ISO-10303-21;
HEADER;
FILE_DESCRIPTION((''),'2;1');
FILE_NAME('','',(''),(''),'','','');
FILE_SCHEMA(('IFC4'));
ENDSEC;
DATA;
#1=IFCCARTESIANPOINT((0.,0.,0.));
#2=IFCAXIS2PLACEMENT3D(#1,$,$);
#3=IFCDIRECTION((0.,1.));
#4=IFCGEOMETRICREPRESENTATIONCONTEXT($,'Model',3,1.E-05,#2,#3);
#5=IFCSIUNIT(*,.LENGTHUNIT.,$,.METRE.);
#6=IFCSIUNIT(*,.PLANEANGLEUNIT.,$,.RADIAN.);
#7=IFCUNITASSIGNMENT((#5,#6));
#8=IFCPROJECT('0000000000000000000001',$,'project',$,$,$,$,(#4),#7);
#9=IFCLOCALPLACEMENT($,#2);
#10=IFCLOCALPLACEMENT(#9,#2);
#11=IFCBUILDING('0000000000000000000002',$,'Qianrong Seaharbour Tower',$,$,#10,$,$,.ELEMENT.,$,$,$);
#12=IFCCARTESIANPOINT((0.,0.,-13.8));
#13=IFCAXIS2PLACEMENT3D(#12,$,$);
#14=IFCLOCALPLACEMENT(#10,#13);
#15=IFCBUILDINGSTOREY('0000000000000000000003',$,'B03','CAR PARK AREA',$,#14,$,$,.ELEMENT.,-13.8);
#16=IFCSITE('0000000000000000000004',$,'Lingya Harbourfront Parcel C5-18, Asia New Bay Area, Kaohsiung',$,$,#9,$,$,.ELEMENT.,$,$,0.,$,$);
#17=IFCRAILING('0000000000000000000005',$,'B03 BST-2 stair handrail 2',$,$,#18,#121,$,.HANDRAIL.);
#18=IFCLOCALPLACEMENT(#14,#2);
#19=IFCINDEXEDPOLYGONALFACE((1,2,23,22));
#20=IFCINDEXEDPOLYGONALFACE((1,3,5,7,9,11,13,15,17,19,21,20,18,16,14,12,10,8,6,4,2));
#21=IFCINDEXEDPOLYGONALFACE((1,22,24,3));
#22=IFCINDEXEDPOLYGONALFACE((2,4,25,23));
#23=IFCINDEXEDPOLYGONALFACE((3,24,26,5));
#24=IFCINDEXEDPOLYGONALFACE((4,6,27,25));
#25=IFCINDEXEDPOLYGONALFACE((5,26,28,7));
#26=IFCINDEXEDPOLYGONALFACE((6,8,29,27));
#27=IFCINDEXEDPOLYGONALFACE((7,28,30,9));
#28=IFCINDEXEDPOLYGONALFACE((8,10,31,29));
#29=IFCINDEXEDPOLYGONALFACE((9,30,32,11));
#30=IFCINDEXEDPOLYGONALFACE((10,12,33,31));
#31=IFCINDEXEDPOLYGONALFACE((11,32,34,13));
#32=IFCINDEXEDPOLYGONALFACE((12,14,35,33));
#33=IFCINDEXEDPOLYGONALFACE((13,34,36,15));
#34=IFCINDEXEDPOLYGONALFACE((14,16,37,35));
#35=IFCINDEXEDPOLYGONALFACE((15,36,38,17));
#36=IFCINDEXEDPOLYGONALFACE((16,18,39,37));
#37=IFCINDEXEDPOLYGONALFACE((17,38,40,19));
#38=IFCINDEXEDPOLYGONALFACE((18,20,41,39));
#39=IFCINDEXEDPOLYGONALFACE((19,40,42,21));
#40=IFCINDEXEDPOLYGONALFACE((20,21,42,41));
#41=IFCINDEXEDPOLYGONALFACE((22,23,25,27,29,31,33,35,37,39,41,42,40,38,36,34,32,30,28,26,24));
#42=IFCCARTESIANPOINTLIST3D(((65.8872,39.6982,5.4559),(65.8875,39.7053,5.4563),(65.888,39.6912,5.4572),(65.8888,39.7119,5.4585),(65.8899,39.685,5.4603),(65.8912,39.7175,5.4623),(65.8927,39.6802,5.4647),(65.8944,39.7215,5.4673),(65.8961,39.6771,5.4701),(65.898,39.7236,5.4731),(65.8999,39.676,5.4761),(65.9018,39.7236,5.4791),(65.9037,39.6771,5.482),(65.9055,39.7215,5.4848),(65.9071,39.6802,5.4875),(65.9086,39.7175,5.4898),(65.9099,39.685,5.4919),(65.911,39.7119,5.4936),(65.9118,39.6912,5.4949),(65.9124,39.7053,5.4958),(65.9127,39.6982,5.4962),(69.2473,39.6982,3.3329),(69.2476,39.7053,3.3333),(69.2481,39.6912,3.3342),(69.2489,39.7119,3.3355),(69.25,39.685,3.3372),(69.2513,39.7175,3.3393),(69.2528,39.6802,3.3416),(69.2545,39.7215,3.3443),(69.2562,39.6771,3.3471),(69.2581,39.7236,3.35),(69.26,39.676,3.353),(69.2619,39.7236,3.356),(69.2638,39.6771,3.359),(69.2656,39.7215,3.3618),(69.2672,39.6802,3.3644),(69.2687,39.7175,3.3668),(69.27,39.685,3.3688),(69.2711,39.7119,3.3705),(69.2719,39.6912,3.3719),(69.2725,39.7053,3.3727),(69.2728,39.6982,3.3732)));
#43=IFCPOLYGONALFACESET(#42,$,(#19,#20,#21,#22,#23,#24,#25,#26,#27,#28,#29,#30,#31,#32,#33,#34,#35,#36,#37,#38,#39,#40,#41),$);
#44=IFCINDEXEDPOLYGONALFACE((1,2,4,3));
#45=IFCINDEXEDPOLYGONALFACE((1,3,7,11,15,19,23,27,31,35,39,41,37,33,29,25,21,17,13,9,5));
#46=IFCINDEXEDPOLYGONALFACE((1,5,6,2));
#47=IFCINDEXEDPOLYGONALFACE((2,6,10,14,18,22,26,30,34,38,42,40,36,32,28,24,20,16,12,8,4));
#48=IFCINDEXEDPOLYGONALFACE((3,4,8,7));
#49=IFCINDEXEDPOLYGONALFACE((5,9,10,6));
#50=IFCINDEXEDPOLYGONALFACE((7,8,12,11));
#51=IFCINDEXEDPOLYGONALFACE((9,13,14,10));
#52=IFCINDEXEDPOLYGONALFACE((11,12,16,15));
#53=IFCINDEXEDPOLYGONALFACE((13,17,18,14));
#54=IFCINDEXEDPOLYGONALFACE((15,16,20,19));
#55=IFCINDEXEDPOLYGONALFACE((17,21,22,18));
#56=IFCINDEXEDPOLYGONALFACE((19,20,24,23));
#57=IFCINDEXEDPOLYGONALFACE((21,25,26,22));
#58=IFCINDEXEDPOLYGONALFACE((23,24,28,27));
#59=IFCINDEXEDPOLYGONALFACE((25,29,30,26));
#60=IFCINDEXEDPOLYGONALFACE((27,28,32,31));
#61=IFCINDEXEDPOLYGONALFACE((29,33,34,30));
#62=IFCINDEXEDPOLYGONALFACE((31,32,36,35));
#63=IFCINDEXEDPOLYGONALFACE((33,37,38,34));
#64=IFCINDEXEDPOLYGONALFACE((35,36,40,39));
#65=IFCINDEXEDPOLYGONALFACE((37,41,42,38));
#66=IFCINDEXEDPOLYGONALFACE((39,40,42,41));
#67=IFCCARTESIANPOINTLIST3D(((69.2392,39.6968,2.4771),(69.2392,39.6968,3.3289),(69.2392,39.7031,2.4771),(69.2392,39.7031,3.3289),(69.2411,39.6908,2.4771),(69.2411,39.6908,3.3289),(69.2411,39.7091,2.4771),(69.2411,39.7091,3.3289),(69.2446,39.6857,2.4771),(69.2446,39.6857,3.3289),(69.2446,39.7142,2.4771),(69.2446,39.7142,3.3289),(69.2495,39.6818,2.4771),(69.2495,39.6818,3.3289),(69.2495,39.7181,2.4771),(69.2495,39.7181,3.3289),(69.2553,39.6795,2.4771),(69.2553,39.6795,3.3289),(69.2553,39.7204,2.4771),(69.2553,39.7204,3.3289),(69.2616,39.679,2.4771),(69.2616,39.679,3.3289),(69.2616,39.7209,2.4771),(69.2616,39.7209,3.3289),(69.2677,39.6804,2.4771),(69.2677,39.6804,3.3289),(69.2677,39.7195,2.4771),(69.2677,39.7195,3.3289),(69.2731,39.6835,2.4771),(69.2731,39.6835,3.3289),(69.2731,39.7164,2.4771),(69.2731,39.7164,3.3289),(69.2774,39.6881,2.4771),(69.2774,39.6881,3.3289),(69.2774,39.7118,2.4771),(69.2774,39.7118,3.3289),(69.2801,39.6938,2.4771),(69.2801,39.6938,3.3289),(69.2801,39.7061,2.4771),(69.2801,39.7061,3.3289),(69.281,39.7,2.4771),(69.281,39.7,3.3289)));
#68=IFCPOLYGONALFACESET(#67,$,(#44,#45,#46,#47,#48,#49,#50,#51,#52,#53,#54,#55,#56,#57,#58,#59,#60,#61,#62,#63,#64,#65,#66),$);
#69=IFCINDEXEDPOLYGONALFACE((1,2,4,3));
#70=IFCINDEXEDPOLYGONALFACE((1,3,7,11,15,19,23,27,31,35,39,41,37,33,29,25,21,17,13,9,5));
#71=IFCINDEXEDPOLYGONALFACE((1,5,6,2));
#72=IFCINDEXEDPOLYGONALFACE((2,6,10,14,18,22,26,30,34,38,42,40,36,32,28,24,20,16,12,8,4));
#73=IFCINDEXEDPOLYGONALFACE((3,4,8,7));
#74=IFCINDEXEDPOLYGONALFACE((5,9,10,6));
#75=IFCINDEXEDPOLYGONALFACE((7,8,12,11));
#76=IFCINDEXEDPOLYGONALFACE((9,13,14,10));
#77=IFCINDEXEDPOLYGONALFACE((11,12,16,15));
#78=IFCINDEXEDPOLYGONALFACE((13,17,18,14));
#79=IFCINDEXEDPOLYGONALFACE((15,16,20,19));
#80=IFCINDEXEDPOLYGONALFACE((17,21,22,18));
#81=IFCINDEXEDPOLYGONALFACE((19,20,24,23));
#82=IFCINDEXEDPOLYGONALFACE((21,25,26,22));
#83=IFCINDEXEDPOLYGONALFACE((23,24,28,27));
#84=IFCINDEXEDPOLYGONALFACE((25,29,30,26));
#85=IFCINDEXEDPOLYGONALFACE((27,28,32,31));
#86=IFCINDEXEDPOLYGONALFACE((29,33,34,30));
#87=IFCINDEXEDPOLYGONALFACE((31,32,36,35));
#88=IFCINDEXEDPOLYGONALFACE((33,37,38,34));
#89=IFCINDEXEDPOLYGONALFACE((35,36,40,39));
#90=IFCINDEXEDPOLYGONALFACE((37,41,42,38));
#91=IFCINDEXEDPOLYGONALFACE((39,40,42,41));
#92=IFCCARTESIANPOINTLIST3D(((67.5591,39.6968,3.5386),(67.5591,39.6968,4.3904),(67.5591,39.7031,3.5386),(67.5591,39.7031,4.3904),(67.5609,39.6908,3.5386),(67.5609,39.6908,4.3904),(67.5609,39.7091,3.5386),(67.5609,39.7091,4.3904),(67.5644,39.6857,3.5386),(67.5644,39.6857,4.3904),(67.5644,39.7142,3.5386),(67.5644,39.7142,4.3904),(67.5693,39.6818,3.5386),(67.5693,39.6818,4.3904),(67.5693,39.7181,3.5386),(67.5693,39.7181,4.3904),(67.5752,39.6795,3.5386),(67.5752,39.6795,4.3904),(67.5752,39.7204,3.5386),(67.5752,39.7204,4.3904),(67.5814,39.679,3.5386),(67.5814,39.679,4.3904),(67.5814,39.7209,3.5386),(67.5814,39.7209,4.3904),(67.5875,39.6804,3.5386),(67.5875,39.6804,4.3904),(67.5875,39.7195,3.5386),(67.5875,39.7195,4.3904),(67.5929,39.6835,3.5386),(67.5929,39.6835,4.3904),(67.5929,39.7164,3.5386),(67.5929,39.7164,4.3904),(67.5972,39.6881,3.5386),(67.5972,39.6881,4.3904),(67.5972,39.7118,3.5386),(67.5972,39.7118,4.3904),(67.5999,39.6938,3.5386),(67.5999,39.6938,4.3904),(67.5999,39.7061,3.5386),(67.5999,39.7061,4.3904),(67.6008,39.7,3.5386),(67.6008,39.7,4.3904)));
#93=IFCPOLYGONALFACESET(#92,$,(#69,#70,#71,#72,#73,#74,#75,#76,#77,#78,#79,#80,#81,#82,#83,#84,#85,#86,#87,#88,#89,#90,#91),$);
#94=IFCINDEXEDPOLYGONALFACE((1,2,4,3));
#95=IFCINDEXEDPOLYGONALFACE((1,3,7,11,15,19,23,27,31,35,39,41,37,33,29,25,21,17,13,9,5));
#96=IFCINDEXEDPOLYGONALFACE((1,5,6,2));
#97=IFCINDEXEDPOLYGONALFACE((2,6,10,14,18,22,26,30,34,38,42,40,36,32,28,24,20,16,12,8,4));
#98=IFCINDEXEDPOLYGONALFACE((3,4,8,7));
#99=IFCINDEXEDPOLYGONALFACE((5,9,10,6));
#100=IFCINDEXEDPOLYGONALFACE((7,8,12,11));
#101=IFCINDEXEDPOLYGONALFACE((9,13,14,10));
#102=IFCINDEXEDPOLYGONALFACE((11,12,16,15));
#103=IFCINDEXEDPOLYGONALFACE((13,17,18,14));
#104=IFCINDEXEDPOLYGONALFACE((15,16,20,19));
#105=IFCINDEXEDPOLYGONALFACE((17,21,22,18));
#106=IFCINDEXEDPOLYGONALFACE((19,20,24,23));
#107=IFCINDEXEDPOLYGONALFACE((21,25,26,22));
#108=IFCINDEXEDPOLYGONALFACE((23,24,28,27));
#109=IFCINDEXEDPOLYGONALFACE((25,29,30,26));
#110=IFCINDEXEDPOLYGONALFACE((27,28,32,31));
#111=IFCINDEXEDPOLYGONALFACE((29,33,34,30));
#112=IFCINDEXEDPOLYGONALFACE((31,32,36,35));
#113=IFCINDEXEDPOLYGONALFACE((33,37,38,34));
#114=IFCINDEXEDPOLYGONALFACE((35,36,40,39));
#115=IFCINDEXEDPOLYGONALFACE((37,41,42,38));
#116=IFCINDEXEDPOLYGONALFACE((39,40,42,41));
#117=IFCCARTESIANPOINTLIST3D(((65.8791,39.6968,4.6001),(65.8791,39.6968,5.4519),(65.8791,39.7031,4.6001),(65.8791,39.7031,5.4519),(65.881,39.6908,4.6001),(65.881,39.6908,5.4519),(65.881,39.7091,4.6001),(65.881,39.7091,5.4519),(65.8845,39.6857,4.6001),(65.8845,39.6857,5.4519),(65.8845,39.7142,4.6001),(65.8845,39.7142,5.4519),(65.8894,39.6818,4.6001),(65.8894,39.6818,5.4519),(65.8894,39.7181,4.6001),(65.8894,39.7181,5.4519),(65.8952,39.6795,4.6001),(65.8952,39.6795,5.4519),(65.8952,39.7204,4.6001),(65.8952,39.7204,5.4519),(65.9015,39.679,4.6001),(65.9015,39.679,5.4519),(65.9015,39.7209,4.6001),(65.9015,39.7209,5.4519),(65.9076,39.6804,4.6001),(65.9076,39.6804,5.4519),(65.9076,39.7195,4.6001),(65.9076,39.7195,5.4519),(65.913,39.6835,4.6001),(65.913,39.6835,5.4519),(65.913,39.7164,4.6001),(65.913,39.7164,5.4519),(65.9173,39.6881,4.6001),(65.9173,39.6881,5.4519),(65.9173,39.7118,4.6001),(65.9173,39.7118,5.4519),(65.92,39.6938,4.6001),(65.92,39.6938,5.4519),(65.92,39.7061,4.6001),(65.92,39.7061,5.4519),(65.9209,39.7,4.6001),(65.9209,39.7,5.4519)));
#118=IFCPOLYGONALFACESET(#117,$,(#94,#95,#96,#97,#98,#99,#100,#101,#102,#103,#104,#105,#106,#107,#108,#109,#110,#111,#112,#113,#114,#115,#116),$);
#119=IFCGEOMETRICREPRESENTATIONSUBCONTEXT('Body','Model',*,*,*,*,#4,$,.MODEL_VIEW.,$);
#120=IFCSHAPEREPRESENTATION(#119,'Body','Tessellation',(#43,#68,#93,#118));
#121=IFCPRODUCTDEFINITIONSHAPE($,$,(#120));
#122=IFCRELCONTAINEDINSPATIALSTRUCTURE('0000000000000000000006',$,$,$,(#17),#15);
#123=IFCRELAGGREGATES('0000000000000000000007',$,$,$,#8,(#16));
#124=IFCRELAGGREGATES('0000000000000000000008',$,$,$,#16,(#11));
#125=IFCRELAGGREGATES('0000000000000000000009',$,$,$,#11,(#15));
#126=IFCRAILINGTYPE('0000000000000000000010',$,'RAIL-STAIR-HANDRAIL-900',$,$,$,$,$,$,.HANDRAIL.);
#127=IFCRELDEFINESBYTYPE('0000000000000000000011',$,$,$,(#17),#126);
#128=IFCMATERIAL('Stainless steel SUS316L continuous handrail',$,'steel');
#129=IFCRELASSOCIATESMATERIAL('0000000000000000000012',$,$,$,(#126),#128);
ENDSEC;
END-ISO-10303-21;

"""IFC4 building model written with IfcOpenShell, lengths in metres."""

from ifc_helpers import new_model, si_unit, direction, frame, origin, origin_2d, place, context, subcontext, project, spatial, circle, extrude, material, type_object, element, save


model = new_model("IFC4")

# Units and contexts
model_context = context("Model", 3, precision=1e-05, world=origin(), true_north=direction((0.0, 1.0)))
body_context = subcontext(model_context, "Body", "Model", "MODEL_VIEW")
ifc_project = project(units=[si_unit("LENGTHUNIT", "METRE"), si_unit("PLANEANGLEUNIT", "RADIAN")], contexts=[model_context])

# Site, building, storey
site_placement = place(None, origin())
site = spatial("IfcSite", under=ifc_project, at=site_placement, Name="Lingya Harbourfront Parcel C5-18, Asia New Bay Area, Kaohsiung", CompositionType="ELEMENT", RefElevation=0.0)
building_placement = place(site_placement, origin())
building = spatial("IfcBuilding", under=site, at=building_placement, Name="Qianrong Seaharbour Tower", CompositionType="ELEMENT")
storey_placement = place(building_placement, frame((0.0, 0.0, -13.8)))
storey = spatial("IfcBuildingStorey", under=building, at=storey_placement, Name="B03", Description="CAR PARK AREA", CompositionType="ELEMENT", Elevation=-13.8)

# Railing
ifc_material_1 = material(Name="Stainless steel SUS316L continuous handrail", Category="steel")
railing_type_1 = type_object("IfcRailingType", Name="RAIL-STAIR-HANDRAIL-900", PredefinedType="HANDRAIL", material=ifc_material_1)
railing_1_placement = place(storey_placement, frame((69.26, 39.7, 2.4771)))
element("IfcRailing", 1, at=railing_1_placement, inside=storey, type_object=railing_type_1, Name="B03 BST-2 stair handrail 2", PredefinedType="HANDRAIL", context=body_context, shape_type="SweptSolid", body=[
    extrude(circle(Radius=0.0239, at=origin_2d()), frame((0.0, 0.0, 0.876), z_axis=(-0.84539, 0.0, 0.53415), x_axis=(0.0, -1.0, 0.0)), (0.0, 0.0, 1.0), 3.9746),
    extrude(circle(Radius=0.021, at=origin_2d()), origin(), (0.0, 0.0, 1.0), 0.8518),
    extrude(circle(Radius=0.021, at=origin_2d()), frame((-1.6802, 0.0, 1.0615)), (0.0, 0.0, 1.0), 0.8518),
    extrude(circle(Radius=0.021, at=origin_2d()), frame((-3.3601, 0.0, 2.123)), (0.0, 0.0, 1.0), 0.8518),
])

save(model, "model.ifc")
